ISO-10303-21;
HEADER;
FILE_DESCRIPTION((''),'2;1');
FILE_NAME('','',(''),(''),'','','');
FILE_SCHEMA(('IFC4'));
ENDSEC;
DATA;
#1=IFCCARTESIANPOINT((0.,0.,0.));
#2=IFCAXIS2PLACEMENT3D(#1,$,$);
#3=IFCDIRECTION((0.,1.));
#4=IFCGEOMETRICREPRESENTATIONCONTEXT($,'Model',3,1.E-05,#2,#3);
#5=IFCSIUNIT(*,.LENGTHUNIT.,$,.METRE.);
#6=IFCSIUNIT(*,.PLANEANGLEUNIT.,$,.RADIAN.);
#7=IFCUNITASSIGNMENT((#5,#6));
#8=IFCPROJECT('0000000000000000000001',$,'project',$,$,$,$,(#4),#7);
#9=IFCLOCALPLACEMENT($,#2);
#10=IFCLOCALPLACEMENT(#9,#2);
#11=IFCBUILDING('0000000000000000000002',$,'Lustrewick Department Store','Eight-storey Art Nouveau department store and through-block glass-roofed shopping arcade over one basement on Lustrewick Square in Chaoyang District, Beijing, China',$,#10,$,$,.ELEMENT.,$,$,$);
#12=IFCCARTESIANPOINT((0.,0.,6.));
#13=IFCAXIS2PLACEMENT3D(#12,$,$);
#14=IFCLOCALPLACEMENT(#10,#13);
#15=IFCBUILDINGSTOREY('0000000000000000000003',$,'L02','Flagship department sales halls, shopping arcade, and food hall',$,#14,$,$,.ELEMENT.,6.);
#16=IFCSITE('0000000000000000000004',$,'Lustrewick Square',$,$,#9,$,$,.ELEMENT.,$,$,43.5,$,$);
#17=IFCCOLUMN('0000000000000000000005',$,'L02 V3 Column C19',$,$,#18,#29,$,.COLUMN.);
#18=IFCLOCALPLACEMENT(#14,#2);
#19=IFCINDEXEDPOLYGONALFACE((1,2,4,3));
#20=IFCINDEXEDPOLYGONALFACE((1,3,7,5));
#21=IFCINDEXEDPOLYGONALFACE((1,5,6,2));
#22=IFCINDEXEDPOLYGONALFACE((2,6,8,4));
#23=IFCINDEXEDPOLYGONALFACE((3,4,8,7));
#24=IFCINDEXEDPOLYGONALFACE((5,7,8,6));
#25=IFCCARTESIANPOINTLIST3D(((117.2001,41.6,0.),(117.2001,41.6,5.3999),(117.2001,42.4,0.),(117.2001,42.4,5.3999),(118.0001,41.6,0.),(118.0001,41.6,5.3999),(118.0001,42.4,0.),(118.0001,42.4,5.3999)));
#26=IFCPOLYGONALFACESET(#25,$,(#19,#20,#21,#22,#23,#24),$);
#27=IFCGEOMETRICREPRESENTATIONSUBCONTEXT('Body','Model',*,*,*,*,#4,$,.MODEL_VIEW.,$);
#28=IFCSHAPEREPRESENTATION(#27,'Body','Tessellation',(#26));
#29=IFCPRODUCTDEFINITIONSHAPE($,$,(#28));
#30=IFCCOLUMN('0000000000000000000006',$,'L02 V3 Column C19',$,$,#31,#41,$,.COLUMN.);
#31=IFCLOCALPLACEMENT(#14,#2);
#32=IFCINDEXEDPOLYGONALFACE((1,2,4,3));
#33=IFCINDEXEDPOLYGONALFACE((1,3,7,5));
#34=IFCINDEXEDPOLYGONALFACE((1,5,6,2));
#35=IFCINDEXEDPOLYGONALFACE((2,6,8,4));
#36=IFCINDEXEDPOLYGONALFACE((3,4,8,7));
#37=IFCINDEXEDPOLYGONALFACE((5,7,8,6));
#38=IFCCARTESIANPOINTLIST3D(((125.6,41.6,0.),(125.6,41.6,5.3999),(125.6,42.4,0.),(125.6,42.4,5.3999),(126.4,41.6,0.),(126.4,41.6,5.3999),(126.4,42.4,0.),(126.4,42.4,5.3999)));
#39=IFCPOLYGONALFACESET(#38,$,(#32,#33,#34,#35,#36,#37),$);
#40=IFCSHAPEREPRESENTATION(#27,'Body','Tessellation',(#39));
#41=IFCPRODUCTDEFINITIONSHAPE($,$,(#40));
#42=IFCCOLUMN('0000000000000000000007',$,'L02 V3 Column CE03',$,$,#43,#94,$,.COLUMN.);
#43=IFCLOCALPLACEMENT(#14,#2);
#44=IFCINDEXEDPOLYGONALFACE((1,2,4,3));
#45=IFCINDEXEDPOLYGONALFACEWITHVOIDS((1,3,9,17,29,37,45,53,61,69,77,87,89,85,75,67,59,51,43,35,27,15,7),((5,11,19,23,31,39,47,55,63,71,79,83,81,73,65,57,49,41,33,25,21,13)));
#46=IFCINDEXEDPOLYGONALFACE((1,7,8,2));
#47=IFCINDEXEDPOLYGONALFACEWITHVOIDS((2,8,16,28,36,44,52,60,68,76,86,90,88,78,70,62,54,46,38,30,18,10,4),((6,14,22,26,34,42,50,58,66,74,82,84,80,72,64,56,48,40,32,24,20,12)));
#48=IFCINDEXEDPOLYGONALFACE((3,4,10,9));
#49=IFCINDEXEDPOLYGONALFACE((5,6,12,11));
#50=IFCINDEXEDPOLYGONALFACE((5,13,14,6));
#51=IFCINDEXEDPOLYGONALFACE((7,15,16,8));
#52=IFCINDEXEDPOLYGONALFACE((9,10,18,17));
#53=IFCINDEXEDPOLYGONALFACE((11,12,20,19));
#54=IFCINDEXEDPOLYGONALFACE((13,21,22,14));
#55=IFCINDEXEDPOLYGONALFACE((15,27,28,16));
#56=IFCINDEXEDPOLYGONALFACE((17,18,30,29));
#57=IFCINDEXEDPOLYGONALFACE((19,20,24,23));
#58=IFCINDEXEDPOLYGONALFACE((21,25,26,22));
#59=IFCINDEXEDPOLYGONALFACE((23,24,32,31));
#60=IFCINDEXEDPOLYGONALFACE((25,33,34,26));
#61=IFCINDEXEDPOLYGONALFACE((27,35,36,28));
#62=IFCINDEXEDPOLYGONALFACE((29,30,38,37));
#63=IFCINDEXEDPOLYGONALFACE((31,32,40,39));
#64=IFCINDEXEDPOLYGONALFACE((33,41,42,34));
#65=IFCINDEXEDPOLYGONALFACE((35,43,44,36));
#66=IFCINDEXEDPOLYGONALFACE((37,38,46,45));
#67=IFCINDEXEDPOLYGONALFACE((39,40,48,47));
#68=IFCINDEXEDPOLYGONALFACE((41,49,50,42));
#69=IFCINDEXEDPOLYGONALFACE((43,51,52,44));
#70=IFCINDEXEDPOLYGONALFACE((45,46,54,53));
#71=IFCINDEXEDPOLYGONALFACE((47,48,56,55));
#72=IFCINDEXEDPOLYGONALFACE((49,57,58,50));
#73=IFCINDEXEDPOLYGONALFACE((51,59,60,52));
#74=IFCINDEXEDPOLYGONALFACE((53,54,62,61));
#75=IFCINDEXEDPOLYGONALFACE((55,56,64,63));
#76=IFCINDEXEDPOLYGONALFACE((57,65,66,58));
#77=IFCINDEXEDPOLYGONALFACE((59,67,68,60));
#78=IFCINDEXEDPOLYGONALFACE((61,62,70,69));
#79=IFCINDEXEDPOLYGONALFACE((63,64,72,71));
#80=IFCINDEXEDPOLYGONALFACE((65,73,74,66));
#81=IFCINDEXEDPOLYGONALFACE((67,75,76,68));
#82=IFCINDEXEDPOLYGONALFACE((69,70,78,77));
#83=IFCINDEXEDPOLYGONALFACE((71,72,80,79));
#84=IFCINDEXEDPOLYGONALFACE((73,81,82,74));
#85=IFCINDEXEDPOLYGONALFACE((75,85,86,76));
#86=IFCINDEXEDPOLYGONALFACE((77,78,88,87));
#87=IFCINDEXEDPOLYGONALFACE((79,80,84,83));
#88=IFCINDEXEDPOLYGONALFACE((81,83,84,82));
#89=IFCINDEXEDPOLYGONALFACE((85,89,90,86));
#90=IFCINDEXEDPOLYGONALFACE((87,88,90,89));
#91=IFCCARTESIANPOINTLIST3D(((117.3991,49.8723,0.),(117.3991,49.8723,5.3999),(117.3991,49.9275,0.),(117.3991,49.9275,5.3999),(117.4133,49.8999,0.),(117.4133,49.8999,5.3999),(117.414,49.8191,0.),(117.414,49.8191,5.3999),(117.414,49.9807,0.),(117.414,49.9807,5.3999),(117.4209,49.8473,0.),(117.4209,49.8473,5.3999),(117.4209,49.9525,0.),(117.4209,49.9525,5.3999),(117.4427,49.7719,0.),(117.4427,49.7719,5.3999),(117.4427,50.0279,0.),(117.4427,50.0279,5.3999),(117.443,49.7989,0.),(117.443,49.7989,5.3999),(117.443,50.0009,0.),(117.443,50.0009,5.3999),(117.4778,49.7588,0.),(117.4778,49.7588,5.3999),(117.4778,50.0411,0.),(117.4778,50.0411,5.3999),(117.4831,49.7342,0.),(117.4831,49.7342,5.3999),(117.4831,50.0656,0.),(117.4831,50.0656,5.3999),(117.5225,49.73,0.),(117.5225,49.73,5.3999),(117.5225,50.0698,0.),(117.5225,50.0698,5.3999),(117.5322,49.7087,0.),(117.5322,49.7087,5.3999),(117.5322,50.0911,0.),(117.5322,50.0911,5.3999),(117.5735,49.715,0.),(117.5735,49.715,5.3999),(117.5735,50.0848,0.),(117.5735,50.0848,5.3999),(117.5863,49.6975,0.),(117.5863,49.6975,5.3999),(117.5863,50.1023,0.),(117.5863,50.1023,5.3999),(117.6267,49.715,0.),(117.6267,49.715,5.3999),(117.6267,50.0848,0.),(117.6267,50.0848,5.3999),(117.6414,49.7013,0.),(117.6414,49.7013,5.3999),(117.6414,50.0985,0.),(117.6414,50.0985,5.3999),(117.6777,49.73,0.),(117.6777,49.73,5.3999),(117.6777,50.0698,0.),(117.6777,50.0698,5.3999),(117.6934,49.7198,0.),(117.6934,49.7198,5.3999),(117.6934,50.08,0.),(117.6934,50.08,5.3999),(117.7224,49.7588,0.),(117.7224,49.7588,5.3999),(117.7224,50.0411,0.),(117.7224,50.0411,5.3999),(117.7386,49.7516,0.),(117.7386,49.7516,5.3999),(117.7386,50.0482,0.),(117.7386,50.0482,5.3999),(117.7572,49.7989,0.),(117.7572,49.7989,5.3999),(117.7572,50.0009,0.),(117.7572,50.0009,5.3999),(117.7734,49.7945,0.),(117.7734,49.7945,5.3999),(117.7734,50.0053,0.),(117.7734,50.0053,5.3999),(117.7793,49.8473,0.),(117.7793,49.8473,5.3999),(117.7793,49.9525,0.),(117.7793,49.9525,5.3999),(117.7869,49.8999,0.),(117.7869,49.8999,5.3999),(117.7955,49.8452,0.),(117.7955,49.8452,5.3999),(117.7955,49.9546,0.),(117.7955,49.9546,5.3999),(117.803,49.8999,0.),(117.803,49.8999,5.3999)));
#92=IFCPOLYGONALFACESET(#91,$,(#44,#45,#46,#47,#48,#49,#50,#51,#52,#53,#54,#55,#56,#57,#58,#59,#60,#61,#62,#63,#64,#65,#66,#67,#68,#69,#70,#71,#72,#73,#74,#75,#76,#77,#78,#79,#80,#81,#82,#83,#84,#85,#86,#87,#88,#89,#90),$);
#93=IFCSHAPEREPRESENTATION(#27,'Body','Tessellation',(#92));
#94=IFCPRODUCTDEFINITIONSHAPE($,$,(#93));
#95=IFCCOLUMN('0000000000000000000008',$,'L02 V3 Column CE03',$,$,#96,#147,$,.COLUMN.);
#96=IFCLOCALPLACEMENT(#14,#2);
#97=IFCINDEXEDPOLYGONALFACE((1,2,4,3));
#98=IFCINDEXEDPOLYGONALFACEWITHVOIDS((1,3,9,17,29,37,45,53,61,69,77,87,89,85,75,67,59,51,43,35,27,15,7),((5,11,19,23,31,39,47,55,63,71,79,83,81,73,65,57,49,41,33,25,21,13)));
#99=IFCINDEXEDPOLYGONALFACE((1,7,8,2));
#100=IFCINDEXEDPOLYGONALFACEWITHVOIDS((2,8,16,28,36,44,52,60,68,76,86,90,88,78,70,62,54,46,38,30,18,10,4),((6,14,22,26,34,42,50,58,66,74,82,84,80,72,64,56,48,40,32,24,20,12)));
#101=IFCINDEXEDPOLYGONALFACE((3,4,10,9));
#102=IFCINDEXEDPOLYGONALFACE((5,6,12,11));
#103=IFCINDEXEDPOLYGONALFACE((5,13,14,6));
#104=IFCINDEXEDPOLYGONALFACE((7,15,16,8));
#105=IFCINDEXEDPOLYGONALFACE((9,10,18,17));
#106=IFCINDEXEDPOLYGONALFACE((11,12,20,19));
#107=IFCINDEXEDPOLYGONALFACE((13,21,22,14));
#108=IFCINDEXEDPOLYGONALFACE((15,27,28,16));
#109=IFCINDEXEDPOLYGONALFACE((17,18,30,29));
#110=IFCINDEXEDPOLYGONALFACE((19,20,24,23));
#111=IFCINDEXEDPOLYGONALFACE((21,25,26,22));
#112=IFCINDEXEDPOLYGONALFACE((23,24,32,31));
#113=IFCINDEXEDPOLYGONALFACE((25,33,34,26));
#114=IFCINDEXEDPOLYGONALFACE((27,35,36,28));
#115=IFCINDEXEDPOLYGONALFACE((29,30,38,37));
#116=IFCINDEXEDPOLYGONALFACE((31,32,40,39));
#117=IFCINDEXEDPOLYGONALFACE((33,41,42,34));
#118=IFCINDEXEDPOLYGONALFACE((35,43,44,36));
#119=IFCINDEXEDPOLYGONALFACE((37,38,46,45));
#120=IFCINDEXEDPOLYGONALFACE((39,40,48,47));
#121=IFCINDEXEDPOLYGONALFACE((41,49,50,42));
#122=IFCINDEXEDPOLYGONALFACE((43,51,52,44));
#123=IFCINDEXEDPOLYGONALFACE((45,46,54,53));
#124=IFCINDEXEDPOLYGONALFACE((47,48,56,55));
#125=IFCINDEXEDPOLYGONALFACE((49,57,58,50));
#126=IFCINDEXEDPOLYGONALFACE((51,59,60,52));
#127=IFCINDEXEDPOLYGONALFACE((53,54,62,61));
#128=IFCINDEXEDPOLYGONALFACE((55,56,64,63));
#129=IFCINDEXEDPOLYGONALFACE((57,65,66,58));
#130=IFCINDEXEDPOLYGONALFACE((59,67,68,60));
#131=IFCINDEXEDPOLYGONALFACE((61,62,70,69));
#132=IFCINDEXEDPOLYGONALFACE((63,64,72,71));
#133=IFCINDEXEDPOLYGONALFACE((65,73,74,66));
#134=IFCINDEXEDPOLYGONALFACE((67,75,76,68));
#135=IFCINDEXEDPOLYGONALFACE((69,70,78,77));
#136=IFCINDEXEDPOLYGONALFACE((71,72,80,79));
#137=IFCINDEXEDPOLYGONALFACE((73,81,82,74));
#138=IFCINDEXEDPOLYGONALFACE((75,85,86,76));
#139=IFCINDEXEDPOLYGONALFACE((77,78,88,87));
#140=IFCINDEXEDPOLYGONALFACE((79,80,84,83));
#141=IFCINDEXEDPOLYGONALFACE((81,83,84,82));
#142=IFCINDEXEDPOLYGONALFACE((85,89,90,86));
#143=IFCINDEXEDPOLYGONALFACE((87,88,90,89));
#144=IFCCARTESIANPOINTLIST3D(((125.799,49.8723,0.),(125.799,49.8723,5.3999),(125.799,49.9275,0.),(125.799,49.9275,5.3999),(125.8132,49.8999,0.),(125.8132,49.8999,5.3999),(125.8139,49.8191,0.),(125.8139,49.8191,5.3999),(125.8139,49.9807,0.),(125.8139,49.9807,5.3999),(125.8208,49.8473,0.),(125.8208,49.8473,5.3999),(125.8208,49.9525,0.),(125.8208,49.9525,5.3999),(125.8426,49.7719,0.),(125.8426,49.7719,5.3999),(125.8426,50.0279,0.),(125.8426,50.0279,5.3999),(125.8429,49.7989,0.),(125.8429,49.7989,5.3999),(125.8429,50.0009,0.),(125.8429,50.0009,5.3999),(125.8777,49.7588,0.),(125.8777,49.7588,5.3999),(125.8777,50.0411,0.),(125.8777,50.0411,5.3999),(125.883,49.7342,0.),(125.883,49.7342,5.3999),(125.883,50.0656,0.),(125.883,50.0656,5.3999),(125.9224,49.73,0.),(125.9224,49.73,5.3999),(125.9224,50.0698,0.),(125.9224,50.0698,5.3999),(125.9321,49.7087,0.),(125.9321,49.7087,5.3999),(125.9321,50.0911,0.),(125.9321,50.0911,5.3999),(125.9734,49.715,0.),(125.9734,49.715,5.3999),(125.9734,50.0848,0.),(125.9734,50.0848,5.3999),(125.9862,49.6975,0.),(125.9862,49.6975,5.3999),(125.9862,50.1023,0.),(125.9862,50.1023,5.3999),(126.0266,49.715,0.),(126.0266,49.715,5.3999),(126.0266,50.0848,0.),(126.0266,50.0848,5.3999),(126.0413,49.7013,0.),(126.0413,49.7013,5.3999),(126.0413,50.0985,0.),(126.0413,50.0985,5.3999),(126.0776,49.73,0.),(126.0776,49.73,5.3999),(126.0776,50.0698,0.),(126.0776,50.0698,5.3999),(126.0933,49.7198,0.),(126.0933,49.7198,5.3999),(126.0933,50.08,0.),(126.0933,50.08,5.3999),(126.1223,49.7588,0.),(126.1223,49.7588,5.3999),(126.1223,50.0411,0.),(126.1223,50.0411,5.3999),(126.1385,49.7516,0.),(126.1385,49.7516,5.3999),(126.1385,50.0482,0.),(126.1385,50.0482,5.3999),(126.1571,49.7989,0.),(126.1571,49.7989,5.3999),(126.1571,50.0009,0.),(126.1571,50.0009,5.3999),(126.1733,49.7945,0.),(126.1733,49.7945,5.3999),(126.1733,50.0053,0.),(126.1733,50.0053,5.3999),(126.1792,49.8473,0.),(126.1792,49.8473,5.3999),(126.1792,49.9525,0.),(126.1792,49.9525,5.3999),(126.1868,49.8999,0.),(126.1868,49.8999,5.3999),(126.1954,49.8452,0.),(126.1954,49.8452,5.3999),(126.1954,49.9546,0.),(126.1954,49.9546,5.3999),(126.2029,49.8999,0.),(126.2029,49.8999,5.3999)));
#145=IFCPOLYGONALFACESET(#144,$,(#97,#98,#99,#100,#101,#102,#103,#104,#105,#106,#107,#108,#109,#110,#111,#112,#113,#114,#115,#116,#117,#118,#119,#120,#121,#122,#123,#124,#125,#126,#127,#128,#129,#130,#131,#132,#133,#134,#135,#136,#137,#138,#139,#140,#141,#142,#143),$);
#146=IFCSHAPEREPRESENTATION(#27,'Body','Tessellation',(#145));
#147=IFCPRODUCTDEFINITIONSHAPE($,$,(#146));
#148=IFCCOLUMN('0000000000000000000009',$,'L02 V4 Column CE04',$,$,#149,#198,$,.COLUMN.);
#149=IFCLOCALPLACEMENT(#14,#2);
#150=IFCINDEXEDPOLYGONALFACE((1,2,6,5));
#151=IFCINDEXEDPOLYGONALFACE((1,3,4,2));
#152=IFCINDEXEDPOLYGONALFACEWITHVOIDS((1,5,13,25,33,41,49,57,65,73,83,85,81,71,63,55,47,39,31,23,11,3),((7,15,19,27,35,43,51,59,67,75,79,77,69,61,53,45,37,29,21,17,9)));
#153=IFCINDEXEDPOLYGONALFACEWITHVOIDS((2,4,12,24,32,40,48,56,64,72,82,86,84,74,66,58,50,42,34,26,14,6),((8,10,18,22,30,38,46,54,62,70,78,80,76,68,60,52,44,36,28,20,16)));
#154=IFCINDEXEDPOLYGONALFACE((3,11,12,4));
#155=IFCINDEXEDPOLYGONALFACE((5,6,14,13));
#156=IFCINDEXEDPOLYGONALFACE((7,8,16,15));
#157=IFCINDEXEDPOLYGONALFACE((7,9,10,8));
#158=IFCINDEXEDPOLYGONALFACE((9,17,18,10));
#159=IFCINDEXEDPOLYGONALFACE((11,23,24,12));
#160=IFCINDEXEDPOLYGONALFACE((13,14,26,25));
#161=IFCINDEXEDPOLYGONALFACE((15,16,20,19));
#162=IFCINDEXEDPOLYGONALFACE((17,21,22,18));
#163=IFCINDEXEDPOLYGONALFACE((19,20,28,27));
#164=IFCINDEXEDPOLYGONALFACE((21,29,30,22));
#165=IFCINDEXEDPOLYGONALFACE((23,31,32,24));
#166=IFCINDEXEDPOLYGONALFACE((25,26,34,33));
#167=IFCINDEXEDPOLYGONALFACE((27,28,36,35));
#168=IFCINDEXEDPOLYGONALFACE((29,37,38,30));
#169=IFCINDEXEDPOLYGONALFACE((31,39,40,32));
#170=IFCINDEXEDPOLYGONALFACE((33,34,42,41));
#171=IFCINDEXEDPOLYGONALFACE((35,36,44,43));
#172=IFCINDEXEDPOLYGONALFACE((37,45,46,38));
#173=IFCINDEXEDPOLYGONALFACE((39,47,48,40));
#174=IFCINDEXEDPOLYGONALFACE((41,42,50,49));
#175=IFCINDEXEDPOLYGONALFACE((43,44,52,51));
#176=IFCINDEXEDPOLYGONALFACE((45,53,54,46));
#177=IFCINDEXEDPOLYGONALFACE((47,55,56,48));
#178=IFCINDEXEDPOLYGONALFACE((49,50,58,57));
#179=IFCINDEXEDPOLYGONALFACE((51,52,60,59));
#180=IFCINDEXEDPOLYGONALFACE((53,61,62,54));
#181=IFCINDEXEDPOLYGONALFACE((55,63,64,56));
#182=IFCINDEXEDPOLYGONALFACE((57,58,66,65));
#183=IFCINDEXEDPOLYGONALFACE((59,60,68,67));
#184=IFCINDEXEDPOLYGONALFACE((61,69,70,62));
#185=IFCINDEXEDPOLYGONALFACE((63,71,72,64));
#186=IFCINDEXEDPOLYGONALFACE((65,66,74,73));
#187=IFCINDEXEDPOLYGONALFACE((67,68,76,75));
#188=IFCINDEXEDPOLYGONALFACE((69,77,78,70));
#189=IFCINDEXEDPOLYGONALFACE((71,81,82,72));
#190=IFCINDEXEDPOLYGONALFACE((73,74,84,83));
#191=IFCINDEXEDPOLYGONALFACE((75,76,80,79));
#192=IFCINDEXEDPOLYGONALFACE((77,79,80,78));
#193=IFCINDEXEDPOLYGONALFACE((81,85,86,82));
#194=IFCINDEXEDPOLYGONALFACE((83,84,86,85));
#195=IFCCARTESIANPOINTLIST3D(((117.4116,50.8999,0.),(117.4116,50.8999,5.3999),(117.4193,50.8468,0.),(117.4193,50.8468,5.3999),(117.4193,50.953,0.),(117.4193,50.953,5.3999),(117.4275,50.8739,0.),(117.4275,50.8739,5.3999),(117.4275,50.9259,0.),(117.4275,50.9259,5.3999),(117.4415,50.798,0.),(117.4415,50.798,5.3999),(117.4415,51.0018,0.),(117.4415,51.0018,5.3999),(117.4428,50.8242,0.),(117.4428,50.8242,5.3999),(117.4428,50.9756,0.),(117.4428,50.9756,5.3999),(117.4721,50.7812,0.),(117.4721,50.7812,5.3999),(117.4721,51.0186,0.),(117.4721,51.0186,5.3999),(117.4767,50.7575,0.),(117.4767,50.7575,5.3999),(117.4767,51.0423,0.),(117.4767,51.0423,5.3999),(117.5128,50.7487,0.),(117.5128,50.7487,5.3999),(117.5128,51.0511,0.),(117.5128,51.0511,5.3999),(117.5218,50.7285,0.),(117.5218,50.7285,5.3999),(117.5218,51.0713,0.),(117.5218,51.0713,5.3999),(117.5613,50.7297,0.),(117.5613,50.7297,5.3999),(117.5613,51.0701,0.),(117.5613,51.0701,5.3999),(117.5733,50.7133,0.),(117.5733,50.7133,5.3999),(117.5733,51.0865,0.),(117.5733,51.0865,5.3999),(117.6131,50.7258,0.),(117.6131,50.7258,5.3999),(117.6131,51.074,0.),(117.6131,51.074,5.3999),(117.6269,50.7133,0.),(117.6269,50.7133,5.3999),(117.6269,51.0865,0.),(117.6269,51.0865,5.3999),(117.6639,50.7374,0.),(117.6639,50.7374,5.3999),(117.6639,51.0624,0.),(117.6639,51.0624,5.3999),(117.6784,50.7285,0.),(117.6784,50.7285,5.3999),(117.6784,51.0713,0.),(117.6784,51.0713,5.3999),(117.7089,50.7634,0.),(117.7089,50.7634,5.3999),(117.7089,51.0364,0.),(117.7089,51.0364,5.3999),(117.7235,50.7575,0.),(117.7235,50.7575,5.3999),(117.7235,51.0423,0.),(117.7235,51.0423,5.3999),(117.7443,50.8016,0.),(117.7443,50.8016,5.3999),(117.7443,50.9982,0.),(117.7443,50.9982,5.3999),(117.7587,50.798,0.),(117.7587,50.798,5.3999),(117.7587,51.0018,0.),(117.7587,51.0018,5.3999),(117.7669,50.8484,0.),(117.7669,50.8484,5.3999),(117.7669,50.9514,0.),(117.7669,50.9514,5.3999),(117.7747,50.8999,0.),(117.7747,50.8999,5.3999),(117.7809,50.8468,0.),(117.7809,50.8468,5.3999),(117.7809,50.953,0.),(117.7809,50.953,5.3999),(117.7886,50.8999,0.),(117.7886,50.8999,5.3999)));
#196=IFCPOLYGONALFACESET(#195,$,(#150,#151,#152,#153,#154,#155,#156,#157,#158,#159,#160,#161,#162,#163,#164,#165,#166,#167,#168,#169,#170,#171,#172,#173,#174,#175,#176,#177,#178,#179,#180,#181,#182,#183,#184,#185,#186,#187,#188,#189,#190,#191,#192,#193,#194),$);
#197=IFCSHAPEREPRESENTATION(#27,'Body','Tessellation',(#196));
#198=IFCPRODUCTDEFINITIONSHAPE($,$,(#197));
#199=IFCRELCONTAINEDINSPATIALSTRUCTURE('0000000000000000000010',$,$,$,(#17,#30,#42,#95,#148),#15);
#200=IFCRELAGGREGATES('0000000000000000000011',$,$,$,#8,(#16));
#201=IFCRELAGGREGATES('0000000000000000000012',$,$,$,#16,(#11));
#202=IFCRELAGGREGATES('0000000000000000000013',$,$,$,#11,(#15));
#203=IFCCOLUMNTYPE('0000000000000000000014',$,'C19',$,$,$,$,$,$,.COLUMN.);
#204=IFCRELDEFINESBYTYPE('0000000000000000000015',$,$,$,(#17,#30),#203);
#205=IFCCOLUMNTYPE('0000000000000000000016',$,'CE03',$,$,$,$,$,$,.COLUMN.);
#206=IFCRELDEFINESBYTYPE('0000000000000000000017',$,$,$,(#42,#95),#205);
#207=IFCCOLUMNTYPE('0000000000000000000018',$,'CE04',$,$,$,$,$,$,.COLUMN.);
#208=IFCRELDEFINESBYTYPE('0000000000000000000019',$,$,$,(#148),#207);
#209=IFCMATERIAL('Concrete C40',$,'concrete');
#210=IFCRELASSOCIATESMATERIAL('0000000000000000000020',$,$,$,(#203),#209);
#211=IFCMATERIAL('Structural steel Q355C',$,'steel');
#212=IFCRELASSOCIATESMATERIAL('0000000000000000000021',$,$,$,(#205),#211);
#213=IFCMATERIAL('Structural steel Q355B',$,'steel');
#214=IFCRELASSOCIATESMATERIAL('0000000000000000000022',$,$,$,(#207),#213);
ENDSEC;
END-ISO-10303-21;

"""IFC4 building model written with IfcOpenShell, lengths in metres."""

from ifc_helpers import new_model, si_unit, direction, frame, origin, origin_2d, place, context, subcontext, project, spatial, rectangle, hollow_circle, extrude, material, material_profile, profile_set, type_object, element, save


model = new_model("IFC4")

# Units and contexts
model_context = context("Model", 3, precision=1e-05, world=origin(), true_north=direction((0.0, 1.0)))
body_context = subcontext(model_context, "Body", "Model", "MODEL_VIEW")
ifc_project = project(units=[si_unit("LENGTHUNIT", "METRE"), si_unit("PLANEANGLEUNIT", "RADIAN")], contexts=[model_context])

# Site, building, storey
site_placement = place(None, origin())
site = spatial("IfcSite", under=ifc_project, at=site_placement, Name="Lustrewick Square", CompositionType="ELEMENT", RefElevation=43.5)
building_placement = place(site_placement, origin())
building = spatial("IfcBuilding", under=site, at=building_placement, Name="Lustrewick Department Store", Description="Eight-storey Art Nouveau department store and through-block glass-roofed shopping arcade over one basement on Lustrewick Square in Chaoyang District, Beijing, China", CompositionType="ELEMENT")
storey_placement = place(building_placement, frame((0.0, 0.0, 6.0)))
storey = spatial("IfcBuildingStorey", under=building, at=storey_placement, Name="L02", Description="Flagship department sales halls, shopping arcade, and food hall", CompositionType="ELEMENT", Elevation=6.0)

# Columns
ifc_material_1 = material(Name="Concrete C40", Category="concrete")
ifc_material_profile_1 = material_profile(ifc_material_1, rectangle(XDim=0.8, YDim=0.8, at=origin_2d()), Name="RC 800x800")
ifc_profile_set_1 = profile_set([ifc_material_profile_1], Name="Concrete C40")
column_type_1 = type_object("IfcColumnType", Name="C19", PredefinedType="COLUMN", material=ifc_profile_set_1)
for number, where, z_axis, x_axis, name in (
    (1, (117.6001, 42.0, 0.0), (0.0, 0.0, 1.0), (1.0, 0.0, 0.0), "L02 V3 Column C19"),
    (2, (126.0, 42.0, 0.0), (0.0, 0.0, 1.0), (1.0, 0.0, 0.0), "L02 V3 Column C19"),
):
    element("IfcColumn", number, at=place(storey_placement, frame(where, z_axis=z_axis, x_axis=x_axis)), inside=storey, type_object=column_type_1, Name=name, PredefinedType="COLUMN", context=body_context, shape_type="SweptSolid", body=[
        extrude(rectangle(XDim=0.8, YDim=0.8, at=origin_2d()), origin(), (0.0, 0.0, 1.0), 5.3999),
    ])
ifc_material_2 = material(Name="Structural steel Q355C", Category="steel")
ifc_material_profile_2 = material_profile(ifc_material_2, hollow_circle(Radius=0.2029, WallThickness=0.0161, at=origin_2d()), Name="CHS 406x16")
ifc_profile_set_2 = profile_set([ifc_material_profile_2], Name="Structural steel Q355C")
column_type_2 = type_object("IfcColumnType", Name="CE03", PredefinedType="COLUMN", material=ifc_profile_set_2)
for number, where, z_axis, x_axis, name in (
    (3, (117.6001, 49.8999, 0.0), (0.0, 0.0, 1.0), (1.0, 0.0, 0.0), "L02 V3 Column CE03"),
    (4, (126.0, 49.8999, 0.0), (0.0, 0.0, 1.0), (1.0, 0.0, 0.0), "L02 V3 Column CE03"),
):
    element("IfcColumn", number, at=place(storey_placement, frame(where, z_axis=z_axis, x_axis=x_axis)), inside=storey, type_object=column_type_2, Name=name, PredefinedType="COLUMN", context=body_context, shape_type="SweptSolid", body=[
        extrude(hollow_circle(Radius=0.2029, WallThickness=0.0161, at=origin_2d()), origin(), (0.0, 0.0, 1.0), 5.3999),
    ])
ifc_material_3 = material(Name="Structural steel Q355B", Category="steel")
ifc_material_profile_3 = material_profile(ifc_material_3, hollow_circle(Radius=0.1885, WallThickness=0.0139, at=origin_2d()), Name="CHS 377x14")
ifc_profile_set_3 = profile_set([ifc_material_profile_3], Name="Structural steel Q355B")
column_type_3 = type_object("IfcColumnType", Name="CE04", PredefinedType="COLUMN", material=ifc_profile_set_3)
for number, where, z_axis, x_axis, name in (
    (5, (117.6001, 50.8999, 0.0), (0.0, 0.0, 1.0), (1.0, 0.0, 0.0), "L02 V4 Column CE04"),
):
    element("IfcColumn", number, at=place(storey_placement, frame(where, z_axis=z_axis, x_axis=x_axis)), inside=storey, type_object=column_type_3, Name=name, PredefinedType="COLUMN", context=body_context, shape_type="SweptSolid", body=[
        extrude(hollow_circle(Radius=0.1885, WallThickness=0.0139, at=origin_2d()), origin(), (0.0, 0.0, 1.0), 5.3999),
    ])

save(model, "model.ifc")
